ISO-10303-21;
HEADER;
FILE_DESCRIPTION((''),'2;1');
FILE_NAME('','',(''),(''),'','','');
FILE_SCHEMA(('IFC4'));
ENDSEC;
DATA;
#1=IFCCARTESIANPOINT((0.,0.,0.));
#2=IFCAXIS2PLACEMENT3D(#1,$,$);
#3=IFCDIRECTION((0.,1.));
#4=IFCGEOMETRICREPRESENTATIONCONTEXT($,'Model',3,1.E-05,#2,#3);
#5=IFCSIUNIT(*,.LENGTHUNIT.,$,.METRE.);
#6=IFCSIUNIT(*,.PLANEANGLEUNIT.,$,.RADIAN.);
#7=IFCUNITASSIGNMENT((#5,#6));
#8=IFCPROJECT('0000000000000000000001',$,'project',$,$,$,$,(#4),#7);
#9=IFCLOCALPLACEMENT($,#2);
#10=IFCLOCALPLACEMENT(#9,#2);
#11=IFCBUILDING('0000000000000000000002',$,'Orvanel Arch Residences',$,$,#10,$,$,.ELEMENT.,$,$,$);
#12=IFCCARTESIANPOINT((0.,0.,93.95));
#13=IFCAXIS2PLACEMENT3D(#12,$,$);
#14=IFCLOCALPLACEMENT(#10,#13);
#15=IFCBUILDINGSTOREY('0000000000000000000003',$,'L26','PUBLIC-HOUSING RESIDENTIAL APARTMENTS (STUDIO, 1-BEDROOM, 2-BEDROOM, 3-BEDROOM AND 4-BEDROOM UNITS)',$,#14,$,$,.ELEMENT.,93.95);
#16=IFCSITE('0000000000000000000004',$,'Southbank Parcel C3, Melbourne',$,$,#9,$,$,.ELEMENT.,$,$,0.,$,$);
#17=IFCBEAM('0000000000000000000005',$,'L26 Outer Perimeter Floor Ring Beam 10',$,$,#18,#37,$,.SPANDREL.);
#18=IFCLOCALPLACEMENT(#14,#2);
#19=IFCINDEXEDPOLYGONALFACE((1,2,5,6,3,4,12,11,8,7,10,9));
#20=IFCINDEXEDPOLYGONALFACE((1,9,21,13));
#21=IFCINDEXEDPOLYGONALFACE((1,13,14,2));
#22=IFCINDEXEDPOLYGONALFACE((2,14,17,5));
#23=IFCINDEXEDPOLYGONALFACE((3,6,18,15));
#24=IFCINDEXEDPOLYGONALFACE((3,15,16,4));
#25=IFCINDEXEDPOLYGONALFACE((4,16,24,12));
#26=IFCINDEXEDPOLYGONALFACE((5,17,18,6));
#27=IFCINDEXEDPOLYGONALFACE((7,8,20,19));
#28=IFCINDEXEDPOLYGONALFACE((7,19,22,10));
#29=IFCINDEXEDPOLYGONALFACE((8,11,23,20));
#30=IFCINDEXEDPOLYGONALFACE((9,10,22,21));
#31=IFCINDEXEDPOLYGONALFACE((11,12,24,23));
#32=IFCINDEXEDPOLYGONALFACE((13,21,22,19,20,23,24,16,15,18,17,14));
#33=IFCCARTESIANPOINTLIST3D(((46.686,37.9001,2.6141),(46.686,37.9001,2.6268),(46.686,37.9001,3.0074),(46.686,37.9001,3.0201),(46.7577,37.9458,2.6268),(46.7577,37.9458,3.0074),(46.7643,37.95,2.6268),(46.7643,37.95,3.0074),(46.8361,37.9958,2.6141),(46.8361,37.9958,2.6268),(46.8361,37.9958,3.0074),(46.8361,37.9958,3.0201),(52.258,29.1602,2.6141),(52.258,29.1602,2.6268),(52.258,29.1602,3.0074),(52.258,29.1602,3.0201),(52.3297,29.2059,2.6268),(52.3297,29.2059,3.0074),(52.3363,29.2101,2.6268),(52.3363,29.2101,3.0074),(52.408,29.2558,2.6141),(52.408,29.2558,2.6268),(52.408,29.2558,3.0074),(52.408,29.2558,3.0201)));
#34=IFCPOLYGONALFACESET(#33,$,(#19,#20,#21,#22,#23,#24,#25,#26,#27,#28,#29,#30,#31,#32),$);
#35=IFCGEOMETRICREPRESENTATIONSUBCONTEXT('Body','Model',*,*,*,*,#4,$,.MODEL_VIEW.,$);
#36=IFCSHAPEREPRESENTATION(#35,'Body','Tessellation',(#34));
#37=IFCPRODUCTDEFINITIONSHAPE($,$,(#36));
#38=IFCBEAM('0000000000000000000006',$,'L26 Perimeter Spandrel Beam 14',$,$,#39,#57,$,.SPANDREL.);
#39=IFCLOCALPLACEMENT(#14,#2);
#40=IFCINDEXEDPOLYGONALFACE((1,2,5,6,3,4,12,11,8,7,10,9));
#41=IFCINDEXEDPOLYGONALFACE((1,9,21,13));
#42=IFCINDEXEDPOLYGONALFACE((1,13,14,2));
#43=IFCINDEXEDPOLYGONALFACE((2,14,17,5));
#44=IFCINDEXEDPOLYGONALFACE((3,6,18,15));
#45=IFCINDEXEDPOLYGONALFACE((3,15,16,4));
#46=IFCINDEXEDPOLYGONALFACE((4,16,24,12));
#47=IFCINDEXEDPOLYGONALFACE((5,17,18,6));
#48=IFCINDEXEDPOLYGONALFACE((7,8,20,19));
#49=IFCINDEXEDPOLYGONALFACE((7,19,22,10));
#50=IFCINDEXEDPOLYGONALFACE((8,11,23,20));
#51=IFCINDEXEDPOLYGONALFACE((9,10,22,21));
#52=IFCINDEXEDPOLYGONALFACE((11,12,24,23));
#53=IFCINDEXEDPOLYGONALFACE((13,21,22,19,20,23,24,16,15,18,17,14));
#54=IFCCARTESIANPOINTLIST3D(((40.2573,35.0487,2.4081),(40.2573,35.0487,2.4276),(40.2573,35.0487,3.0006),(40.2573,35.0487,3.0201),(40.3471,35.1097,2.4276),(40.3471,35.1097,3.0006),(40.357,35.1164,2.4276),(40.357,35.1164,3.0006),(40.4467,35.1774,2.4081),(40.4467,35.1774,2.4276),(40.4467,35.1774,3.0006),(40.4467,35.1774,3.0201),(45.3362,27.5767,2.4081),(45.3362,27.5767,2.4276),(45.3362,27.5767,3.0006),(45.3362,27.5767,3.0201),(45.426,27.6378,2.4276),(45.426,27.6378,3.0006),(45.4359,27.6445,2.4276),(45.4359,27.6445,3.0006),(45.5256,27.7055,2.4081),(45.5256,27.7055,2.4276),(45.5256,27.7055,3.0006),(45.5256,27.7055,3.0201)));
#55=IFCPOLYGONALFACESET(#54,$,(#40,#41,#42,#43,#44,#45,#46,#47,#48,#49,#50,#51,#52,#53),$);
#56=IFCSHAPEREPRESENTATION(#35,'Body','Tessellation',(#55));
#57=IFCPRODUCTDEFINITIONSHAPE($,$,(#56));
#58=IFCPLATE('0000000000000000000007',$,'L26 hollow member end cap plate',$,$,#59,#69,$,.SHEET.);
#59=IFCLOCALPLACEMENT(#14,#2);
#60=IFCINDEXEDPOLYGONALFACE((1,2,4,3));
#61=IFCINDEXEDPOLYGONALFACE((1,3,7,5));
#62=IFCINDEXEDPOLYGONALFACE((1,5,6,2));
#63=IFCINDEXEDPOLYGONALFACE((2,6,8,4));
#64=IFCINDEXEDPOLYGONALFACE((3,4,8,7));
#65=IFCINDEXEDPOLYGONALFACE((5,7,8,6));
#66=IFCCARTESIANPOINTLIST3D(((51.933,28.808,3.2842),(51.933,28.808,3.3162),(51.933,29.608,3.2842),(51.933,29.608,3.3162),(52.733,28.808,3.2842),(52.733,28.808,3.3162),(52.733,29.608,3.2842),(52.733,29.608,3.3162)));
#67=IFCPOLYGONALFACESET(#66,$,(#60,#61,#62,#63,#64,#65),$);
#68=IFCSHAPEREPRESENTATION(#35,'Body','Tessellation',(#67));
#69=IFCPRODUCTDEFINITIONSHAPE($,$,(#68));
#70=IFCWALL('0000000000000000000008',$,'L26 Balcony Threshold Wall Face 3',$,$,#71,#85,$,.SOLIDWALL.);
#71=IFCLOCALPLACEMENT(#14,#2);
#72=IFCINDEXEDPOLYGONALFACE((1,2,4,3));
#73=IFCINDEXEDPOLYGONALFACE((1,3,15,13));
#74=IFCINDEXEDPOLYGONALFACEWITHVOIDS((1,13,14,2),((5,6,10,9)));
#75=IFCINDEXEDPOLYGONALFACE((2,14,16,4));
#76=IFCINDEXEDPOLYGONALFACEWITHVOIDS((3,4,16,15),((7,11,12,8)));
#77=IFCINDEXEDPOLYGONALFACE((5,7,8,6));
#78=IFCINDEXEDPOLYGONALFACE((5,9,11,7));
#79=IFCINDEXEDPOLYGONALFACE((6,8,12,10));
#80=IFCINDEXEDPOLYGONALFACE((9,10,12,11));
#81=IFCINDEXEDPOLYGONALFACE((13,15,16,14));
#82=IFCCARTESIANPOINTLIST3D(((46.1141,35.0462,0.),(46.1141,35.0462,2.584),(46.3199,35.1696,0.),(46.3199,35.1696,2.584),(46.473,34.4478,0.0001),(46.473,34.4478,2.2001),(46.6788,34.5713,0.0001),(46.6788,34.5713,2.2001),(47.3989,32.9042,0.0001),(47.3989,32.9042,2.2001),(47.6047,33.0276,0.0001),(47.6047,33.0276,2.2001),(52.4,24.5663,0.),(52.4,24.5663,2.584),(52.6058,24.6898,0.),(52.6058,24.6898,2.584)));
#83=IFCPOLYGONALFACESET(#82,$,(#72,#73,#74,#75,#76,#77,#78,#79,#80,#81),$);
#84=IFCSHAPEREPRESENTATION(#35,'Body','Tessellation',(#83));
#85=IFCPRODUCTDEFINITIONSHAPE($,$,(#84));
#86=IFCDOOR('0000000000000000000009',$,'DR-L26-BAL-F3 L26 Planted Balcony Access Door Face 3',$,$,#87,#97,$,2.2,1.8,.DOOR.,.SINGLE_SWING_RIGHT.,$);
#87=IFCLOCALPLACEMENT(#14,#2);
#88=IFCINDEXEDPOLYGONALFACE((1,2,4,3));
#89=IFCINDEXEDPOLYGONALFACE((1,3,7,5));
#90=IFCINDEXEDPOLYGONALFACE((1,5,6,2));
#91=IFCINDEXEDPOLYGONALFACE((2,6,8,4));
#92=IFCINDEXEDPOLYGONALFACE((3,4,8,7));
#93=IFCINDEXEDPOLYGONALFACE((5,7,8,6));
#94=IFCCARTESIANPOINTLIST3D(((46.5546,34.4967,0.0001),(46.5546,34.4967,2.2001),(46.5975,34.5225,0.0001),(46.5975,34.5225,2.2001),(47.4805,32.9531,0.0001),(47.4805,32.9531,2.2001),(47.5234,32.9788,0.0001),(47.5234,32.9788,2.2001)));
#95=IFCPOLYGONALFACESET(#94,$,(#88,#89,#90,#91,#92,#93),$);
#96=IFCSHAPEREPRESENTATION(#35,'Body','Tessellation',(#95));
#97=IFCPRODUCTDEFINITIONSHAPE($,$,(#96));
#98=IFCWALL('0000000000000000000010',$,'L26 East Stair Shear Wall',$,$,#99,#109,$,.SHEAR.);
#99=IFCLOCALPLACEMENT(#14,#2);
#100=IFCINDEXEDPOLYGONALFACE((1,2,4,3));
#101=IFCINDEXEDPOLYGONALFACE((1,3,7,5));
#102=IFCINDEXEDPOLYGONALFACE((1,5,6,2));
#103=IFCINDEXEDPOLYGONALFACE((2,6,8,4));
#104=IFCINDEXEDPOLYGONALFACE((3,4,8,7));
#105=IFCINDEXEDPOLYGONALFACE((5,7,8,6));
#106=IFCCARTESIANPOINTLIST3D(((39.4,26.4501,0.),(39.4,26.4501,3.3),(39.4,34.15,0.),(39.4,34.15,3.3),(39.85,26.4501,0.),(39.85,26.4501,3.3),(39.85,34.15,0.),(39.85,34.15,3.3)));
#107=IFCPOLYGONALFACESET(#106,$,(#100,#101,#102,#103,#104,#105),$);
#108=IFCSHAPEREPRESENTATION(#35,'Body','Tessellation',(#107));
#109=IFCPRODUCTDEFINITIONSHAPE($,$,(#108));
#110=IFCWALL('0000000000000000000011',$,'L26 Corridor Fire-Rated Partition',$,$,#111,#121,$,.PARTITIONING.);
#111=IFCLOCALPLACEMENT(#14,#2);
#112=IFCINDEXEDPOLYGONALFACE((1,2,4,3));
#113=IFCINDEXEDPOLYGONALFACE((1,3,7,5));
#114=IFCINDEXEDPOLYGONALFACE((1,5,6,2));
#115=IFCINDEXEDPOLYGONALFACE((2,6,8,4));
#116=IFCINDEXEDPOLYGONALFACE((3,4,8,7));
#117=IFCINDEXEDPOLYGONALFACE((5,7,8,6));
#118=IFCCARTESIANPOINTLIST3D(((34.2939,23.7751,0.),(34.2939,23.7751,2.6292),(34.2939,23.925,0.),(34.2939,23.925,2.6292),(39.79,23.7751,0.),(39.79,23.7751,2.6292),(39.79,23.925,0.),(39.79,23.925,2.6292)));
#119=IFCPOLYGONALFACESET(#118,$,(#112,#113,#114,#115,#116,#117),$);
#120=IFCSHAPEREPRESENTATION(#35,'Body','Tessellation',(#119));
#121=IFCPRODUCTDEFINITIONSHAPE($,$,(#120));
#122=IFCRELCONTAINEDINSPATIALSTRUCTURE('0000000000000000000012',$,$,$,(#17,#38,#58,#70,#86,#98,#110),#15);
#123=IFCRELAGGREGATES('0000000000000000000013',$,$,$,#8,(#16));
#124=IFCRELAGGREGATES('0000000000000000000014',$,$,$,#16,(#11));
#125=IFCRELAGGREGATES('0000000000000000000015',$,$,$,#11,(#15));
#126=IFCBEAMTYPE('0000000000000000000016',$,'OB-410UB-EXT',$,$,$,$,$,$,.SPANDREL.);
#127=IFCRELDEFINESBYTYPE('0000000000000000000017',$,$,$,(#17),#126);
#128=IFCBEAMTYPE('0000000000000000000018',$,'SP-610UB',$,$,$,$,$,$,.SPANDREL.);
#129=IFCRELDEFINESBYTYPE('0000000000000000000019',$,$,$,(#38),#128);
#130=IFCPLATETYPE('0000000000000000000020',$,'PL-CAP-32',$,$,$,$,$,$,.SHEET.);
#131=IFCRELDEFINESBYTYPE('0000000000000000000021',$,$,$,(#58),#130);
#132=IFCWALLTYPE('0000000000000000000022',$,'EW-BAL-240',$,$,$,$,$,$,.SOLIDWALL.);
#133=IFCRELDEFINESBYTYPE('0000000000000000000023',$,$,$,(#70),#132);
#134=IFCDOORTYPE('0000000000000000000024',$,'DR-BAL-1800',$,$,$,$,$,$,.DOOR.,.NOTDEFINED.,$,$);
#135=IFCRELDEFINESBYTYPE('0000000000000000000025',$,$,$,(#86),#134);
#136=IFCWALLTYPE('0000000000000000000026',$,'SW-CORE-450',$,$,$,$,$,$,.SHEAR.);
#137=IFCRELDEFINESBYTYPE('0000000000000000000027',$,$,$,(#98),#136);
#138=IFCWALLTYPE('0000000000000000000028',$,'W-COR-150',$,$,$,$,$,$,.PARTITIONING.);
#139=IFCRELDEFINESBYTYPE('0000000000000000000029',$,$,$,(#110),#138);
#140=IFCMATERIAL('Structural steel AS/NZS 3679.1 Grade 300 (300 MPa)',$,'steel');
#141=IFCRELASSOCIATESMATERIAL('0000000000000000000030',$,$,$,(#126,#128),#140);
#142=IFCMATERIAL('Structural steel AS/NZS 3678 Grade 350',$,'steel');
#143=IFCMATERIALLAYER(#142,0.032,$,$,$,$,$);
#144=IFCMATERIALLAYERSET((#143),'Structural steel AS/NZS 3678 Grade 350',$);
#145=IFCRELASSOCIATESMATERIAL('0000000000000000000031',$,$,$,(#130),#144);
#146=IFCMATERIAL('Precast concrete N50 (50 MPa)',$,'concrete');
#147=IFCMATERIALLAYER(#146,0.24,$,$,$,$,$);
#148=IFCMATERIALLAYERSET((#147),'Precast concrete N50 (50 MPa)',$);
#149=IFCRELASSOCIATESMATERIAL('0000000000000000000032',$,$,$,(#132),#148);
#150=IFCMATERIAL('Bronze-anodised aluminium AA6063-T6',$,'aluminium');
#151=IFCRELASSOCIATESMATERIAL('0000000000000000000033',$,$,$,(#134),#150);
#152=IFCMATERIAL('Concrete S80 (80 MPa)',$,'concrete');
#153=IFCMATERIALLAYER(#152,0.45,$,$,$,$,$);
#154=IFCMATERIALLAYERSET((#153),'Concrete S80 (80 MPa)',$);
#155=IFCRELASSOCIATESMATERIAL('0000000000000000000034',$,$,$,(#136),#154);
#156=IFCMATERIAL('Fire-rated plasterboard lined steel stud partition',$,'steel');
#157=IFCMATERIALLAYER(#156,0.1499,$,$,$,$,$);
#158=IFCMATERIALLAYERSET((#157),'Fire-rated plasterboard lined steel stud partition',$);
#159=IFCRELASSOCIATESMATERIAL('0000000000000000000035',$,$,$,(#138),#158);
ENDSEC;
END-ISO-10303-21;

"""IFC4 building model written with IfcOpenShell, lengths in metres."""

from ifc_helpers import new_model, si_unit, direction, frame, frame_2d, origin, origin_2d, place, context, subcontext, project, spatial, rectangle, i_section, extrude, material, layer, layer_set, material_profile, profile_set, type_object, element, fill, save


model = new_model("IFC4")

# Units and contexts
model_context = context("Model", 3, precision=1e-05, world=origin(), true_north=direction((0.0, 1.0)))
body_context = subcontext(model_context, "Body", "Model", "MODEL_VIEW")
ifc_project = project(units=[si_unit("LENGTHUNIT", "METRE"), si_unit("PLANEANGLEUNIT", "RADIAN")], contexts=[model_context])

# Site, building, storey
site_placement = place(None, origin())
site = spatial("IfcSite", under=ifc_project, at=site_placement, Name="Southbank Parcel C3, Melbourne", CompositionType="ELEMENT", RefElevation=0.0)
building_placement = place(site_placement, origin())
building = spatial("IfcBuilding", under=site, at=building_placement, Name="Orvanel Arch Residences", CompositionType="ELEMENT")
storey_placement = place(building_placement, frame((0.0, 0.0, 93.95)))
storey = spatial("IfcBuildingStorey", under=building, at=storey_placement, Name="L26", Description="PUBLIC-HOUSING RESIDENTIAL APARTMENTS (STUDIO, 1-BEDROOM, 2-BEDROOM, 3-BEDROOM AND 4-BEDROOM UNITS)", CompositionType="ELEMENT", Elevation=93.95)

# Shared definitions
ifc_material_1 = material(Name="Structural steel AS/NZS 3679.1 Grade 300 (300 MPa)", Category="steel")

# Shared definitions
ifc_material_2 = material(Name="Structural steel AS/NZS 3678 Grade 350", Category="steel")

# Shared definitions
ifc_material_3 = material(Name="Bronze-anodised aluminium AA6063-T6", Category="aluminium")

# Beams
ifc_material_profile_1 = material_profile(ifc_material_1, i_section(OverallWidth=0.178, OverallDepth=0.406, WebThickness=0.0078, FlangeThickness=0.0127, at=origin_2d()), Name="410UB59.7")
ifc_profile_set_1 = profile_set([ifc_material_profile_1], Name="Structural steel AS/NZS 3679.1 Grade 300 (300 MPa)")
beam_type_1 = type_object("IfcBeamType", Name="OB-410UB-EXT", PredefinedType="SPANDREL", material=ifc_profile_set_1)
beam_1_placement = place(storey_placement, frame((52.333, 29.208, 2.8171), z_axis=(-0.537576, 0.843215, 0.0), x_axis=(-0.843215, -0.537576, 0.0)))
element("IfcBeam", 1, at=beam_1_placement, inside=storey, type_object=beam_type_1, Name="L26 Outer Perimeter Floor Ring Beam 10", PredefinedType="SPANDREL", context=body_context, shape_type="SweptSolid", body=[
    extrude(i_section(OverallWidth=0.178, OverallDepth=0.406, WebThickness=0.0078, FlangeThickness=0.0127, at=origin_2d()), origin(), (0.0, 0.0, 1.0), 10.365),
])
ifc_material_profile_2 = material_profile(ifc_material_1, i_section(OverallWidth=0.229, OverallDepth=0.6121, WebThickness=0.012, FlangeThickness=0.0195, at=origin_2d()), Name="610UB125")
ifc_profile_set_2 = profile_set([ifc_material_profile_2], Name="Structural steel AS/NZS 3679.1 Grade 300 (300 MPa)")
beam_type_2 = type_object("IfcBeamType", Name="SP-610UB", PredefinedType="SPANDREL", material=ifc_profile_set_2)
beam_2_placement = place(storey_placement, frame((45.4309, 27.6411, 2.7141), z_axis=(-0.562155, 0.827032, 0.0), x_axis=(-0.827032, -0.562155, 0.0)))
element("IfcBeam", 2, at=beam_2_placement, inside=storey, type_object=beam_type_2, Name="L26 Perimeter Spandrel Beam 14", PredefinedType="SPANDREL", context=body_context, shape_type="SweptSolid", body=[
    extrude(i_section(OverallWidth=0.229, OverallDepth=0.6121, WebThickness=0.012, FlangeThickness=0.0195, at=origin_2d()), origin(), (0.0, 0.0, 1.0), 9.0347),
])

# Plate
ifc_layer_1 = layer(ifc_material_2, 0.032)
ifc_layer_set_1 = layer_set([ifc_layer_1], Name="Structural steel AS/NZS 3678 Grade 350")
plate_type = type_object("IfcPlateType", Name="PL-CAP-32", PredefinedType="SHEET", material=ifc_layer_set_1)
plate_placement = place(storey_placement, frame((52.333, 29.208, 3.2842), z_axis=(0.0, 0.0, 1.0), x_axis=(1.0, 0.0, 0.0)))
element("IfcPlate", 3, at=plate_placement, inside=storey, type_object=plate_type, Name="L26 hollow member end cap plate", PredefinedType="SHEET", context=body_context, shape_type="SweptSolid", body=[
    extrude(rectangle(XDim=0.8, YDim=0.8, at=origin_2d()), origin(), (0.0, 0.0, 1.0), 0.032),
])

# Wall, opening, door
ifc_material_4 = material(Name="Precast concrete N50 (50 MPa)", Category="concrete")
ifc_layer_2 = layer(ifc_material_4, 0.24)
ifc_layer_set_2 = layer_set([ifc_layer_2], Name="Precast concrete N50 (50 MPa)")
wall_type_1 = type_object("IfcWallType", Name="EW-BAL-240", PredefinedType="SOLIDWALL", material=ifc_layer_set_2)
wall_1_placement = place(storey_placement, frame((52.5029, 24.6279, 0.0), z_axis=(0.0, 0.0, 1.0), x_axis=(-0.514369, 0.857569, 0.0)))
wall_1 = element("IfcWall", 4, at=wall_1_placement, inside=storey, type_object=wall_type_1, Name="L26 Balcony Threshold Wall Face 3", PredefinedType="SOLIDWALL", context=body_context, shape_type="SweptSolid", body=[
    extrude(rectangle(XDim=12.2205, YDim=0.24, at=frame_2d((6.1104, 0.0))), origin(), (0.0, 0.0, 1.0), 2.584),
])
opening_placement = place(wall_1_placement, frame((9.7229, 0.0, 0.0)))
opening = element("IfcOpeningElement", 5, at=opening_placement, cuts=wall_1, PredefinedType="OPENING", context=body_context, shape_type="SweptSolid", body=[
    extrude(rectangle(XDim=1.8, YDim=2.2, at=frame_2d((0.8999, 1.1001))), frame((0.0, 0.1299, 0.0), z_axis=(0.0, -1.0, 0.0), x_axis=(1.0, 0.0, 0.0)), (0.0, 0.0, 1.0), 0.26),
])
door_type = type_object("IfcDoorType", Name="DR-BAL-1800", OperationType="NOTDEFINED", PredefinedType="DOOR", material=ifc_material_3)
door_placement = place(opening_placement, origin())
door = element("IfcDoor", 6, at=door_placement, inside=storey, type_object=door_type, Name="DR-L26-BAL-F3 L26 Planted Balcony Access Door Face 3", OperationType="SINGLE_SWING_RIGHT", OverallHeight=2.2, OverallWidth=1.8, PredefinedType="DOOR", context=body_context, shape_type="SweptSolid", body=[
    extrude(rectangle(XDim=1.8, YDim=2.2, at=frame_2d((0.8999, 1.1001))), frame((0.0, 0.0249, 0.0), z_axis=(0.0, -1.0, 0.0), x_axis=(1.0, 0.0, 0.0)), (0.0, 0.0, 1.0), 0.05),
])
fill(opening, door)

# Walls
ifc_material_5 = material(Name="Concrete S80 (80 MPa)", Category="concrete")
ifc_layer_3 = layer(ifc_material_5, 0.45)
ifc_layer_set_3 = layer_set([ifc_layer_3], Name="Concrete S80 (80 MPa)")
wall_type_2 = type_object("IfcWallType", Name="SW-CORE-450", PredefinedType="SHEAR", material=ifc_layer_set_3)
wall_2_placement = place(storey_placement, frame((39.625, 26.45, 0.0), z_axis=(0.0, 0.0, 1.0), x_axis=(0.0, 1.0, 0.0)))
element("IfcWall", 7, at=wall_2_placement, inside=storey, type_object=wall_type_2, Name="L26 East Stair Shear Wall", PredefinedType="SHEAR", context=body_context, shape_type="SweptSolid", body=[
    extrude(rectangle(XDim=7.7, YDim=0.45, at=frame_2d((3.8501, 0.0))), origin(), (0.0, 0.0, 1.0), 3.3),
])
ifc_material_6 = material(Name="Fire-rated plasterboard lined steel stud partition", Category="steel")
ifc_layer_4 = layer(ifc_material_6, 0.1499)
ifc_layer_set_4 = layer_set([ifc_layer_4], Name="Fire-rated plasterboard lined steel stud partition")
wall_type_3 = type_object("IfcWallType", Name="W-COR-150", PredefinedType="PARTITIONING", material=ifc_layer_set_4)
wall_3_placement = place(storey_placement, frame((39.79, 23.8501, 0.0), z_axis=(0.0, 0.0, 1.0), x_axis=(-1.0, 0.0, 0.0)))
element("IfcWall", 8, at=wall_3_placement, inside=storey, type_object=wall_type_3, Name="L26 Corridor Fire-Rated Partition", PredefinedType="PARTITIONING", context=body_context, shape_type="SweptSolid", body=[
    extrude(rectangle(XDim=5.4961, YDim=0.1499, at=frame_2d((2.748, 0.0))), origin(), (0.0, 0.0, 1.0), 2.6292),
])

save(model, "model.ifc")
